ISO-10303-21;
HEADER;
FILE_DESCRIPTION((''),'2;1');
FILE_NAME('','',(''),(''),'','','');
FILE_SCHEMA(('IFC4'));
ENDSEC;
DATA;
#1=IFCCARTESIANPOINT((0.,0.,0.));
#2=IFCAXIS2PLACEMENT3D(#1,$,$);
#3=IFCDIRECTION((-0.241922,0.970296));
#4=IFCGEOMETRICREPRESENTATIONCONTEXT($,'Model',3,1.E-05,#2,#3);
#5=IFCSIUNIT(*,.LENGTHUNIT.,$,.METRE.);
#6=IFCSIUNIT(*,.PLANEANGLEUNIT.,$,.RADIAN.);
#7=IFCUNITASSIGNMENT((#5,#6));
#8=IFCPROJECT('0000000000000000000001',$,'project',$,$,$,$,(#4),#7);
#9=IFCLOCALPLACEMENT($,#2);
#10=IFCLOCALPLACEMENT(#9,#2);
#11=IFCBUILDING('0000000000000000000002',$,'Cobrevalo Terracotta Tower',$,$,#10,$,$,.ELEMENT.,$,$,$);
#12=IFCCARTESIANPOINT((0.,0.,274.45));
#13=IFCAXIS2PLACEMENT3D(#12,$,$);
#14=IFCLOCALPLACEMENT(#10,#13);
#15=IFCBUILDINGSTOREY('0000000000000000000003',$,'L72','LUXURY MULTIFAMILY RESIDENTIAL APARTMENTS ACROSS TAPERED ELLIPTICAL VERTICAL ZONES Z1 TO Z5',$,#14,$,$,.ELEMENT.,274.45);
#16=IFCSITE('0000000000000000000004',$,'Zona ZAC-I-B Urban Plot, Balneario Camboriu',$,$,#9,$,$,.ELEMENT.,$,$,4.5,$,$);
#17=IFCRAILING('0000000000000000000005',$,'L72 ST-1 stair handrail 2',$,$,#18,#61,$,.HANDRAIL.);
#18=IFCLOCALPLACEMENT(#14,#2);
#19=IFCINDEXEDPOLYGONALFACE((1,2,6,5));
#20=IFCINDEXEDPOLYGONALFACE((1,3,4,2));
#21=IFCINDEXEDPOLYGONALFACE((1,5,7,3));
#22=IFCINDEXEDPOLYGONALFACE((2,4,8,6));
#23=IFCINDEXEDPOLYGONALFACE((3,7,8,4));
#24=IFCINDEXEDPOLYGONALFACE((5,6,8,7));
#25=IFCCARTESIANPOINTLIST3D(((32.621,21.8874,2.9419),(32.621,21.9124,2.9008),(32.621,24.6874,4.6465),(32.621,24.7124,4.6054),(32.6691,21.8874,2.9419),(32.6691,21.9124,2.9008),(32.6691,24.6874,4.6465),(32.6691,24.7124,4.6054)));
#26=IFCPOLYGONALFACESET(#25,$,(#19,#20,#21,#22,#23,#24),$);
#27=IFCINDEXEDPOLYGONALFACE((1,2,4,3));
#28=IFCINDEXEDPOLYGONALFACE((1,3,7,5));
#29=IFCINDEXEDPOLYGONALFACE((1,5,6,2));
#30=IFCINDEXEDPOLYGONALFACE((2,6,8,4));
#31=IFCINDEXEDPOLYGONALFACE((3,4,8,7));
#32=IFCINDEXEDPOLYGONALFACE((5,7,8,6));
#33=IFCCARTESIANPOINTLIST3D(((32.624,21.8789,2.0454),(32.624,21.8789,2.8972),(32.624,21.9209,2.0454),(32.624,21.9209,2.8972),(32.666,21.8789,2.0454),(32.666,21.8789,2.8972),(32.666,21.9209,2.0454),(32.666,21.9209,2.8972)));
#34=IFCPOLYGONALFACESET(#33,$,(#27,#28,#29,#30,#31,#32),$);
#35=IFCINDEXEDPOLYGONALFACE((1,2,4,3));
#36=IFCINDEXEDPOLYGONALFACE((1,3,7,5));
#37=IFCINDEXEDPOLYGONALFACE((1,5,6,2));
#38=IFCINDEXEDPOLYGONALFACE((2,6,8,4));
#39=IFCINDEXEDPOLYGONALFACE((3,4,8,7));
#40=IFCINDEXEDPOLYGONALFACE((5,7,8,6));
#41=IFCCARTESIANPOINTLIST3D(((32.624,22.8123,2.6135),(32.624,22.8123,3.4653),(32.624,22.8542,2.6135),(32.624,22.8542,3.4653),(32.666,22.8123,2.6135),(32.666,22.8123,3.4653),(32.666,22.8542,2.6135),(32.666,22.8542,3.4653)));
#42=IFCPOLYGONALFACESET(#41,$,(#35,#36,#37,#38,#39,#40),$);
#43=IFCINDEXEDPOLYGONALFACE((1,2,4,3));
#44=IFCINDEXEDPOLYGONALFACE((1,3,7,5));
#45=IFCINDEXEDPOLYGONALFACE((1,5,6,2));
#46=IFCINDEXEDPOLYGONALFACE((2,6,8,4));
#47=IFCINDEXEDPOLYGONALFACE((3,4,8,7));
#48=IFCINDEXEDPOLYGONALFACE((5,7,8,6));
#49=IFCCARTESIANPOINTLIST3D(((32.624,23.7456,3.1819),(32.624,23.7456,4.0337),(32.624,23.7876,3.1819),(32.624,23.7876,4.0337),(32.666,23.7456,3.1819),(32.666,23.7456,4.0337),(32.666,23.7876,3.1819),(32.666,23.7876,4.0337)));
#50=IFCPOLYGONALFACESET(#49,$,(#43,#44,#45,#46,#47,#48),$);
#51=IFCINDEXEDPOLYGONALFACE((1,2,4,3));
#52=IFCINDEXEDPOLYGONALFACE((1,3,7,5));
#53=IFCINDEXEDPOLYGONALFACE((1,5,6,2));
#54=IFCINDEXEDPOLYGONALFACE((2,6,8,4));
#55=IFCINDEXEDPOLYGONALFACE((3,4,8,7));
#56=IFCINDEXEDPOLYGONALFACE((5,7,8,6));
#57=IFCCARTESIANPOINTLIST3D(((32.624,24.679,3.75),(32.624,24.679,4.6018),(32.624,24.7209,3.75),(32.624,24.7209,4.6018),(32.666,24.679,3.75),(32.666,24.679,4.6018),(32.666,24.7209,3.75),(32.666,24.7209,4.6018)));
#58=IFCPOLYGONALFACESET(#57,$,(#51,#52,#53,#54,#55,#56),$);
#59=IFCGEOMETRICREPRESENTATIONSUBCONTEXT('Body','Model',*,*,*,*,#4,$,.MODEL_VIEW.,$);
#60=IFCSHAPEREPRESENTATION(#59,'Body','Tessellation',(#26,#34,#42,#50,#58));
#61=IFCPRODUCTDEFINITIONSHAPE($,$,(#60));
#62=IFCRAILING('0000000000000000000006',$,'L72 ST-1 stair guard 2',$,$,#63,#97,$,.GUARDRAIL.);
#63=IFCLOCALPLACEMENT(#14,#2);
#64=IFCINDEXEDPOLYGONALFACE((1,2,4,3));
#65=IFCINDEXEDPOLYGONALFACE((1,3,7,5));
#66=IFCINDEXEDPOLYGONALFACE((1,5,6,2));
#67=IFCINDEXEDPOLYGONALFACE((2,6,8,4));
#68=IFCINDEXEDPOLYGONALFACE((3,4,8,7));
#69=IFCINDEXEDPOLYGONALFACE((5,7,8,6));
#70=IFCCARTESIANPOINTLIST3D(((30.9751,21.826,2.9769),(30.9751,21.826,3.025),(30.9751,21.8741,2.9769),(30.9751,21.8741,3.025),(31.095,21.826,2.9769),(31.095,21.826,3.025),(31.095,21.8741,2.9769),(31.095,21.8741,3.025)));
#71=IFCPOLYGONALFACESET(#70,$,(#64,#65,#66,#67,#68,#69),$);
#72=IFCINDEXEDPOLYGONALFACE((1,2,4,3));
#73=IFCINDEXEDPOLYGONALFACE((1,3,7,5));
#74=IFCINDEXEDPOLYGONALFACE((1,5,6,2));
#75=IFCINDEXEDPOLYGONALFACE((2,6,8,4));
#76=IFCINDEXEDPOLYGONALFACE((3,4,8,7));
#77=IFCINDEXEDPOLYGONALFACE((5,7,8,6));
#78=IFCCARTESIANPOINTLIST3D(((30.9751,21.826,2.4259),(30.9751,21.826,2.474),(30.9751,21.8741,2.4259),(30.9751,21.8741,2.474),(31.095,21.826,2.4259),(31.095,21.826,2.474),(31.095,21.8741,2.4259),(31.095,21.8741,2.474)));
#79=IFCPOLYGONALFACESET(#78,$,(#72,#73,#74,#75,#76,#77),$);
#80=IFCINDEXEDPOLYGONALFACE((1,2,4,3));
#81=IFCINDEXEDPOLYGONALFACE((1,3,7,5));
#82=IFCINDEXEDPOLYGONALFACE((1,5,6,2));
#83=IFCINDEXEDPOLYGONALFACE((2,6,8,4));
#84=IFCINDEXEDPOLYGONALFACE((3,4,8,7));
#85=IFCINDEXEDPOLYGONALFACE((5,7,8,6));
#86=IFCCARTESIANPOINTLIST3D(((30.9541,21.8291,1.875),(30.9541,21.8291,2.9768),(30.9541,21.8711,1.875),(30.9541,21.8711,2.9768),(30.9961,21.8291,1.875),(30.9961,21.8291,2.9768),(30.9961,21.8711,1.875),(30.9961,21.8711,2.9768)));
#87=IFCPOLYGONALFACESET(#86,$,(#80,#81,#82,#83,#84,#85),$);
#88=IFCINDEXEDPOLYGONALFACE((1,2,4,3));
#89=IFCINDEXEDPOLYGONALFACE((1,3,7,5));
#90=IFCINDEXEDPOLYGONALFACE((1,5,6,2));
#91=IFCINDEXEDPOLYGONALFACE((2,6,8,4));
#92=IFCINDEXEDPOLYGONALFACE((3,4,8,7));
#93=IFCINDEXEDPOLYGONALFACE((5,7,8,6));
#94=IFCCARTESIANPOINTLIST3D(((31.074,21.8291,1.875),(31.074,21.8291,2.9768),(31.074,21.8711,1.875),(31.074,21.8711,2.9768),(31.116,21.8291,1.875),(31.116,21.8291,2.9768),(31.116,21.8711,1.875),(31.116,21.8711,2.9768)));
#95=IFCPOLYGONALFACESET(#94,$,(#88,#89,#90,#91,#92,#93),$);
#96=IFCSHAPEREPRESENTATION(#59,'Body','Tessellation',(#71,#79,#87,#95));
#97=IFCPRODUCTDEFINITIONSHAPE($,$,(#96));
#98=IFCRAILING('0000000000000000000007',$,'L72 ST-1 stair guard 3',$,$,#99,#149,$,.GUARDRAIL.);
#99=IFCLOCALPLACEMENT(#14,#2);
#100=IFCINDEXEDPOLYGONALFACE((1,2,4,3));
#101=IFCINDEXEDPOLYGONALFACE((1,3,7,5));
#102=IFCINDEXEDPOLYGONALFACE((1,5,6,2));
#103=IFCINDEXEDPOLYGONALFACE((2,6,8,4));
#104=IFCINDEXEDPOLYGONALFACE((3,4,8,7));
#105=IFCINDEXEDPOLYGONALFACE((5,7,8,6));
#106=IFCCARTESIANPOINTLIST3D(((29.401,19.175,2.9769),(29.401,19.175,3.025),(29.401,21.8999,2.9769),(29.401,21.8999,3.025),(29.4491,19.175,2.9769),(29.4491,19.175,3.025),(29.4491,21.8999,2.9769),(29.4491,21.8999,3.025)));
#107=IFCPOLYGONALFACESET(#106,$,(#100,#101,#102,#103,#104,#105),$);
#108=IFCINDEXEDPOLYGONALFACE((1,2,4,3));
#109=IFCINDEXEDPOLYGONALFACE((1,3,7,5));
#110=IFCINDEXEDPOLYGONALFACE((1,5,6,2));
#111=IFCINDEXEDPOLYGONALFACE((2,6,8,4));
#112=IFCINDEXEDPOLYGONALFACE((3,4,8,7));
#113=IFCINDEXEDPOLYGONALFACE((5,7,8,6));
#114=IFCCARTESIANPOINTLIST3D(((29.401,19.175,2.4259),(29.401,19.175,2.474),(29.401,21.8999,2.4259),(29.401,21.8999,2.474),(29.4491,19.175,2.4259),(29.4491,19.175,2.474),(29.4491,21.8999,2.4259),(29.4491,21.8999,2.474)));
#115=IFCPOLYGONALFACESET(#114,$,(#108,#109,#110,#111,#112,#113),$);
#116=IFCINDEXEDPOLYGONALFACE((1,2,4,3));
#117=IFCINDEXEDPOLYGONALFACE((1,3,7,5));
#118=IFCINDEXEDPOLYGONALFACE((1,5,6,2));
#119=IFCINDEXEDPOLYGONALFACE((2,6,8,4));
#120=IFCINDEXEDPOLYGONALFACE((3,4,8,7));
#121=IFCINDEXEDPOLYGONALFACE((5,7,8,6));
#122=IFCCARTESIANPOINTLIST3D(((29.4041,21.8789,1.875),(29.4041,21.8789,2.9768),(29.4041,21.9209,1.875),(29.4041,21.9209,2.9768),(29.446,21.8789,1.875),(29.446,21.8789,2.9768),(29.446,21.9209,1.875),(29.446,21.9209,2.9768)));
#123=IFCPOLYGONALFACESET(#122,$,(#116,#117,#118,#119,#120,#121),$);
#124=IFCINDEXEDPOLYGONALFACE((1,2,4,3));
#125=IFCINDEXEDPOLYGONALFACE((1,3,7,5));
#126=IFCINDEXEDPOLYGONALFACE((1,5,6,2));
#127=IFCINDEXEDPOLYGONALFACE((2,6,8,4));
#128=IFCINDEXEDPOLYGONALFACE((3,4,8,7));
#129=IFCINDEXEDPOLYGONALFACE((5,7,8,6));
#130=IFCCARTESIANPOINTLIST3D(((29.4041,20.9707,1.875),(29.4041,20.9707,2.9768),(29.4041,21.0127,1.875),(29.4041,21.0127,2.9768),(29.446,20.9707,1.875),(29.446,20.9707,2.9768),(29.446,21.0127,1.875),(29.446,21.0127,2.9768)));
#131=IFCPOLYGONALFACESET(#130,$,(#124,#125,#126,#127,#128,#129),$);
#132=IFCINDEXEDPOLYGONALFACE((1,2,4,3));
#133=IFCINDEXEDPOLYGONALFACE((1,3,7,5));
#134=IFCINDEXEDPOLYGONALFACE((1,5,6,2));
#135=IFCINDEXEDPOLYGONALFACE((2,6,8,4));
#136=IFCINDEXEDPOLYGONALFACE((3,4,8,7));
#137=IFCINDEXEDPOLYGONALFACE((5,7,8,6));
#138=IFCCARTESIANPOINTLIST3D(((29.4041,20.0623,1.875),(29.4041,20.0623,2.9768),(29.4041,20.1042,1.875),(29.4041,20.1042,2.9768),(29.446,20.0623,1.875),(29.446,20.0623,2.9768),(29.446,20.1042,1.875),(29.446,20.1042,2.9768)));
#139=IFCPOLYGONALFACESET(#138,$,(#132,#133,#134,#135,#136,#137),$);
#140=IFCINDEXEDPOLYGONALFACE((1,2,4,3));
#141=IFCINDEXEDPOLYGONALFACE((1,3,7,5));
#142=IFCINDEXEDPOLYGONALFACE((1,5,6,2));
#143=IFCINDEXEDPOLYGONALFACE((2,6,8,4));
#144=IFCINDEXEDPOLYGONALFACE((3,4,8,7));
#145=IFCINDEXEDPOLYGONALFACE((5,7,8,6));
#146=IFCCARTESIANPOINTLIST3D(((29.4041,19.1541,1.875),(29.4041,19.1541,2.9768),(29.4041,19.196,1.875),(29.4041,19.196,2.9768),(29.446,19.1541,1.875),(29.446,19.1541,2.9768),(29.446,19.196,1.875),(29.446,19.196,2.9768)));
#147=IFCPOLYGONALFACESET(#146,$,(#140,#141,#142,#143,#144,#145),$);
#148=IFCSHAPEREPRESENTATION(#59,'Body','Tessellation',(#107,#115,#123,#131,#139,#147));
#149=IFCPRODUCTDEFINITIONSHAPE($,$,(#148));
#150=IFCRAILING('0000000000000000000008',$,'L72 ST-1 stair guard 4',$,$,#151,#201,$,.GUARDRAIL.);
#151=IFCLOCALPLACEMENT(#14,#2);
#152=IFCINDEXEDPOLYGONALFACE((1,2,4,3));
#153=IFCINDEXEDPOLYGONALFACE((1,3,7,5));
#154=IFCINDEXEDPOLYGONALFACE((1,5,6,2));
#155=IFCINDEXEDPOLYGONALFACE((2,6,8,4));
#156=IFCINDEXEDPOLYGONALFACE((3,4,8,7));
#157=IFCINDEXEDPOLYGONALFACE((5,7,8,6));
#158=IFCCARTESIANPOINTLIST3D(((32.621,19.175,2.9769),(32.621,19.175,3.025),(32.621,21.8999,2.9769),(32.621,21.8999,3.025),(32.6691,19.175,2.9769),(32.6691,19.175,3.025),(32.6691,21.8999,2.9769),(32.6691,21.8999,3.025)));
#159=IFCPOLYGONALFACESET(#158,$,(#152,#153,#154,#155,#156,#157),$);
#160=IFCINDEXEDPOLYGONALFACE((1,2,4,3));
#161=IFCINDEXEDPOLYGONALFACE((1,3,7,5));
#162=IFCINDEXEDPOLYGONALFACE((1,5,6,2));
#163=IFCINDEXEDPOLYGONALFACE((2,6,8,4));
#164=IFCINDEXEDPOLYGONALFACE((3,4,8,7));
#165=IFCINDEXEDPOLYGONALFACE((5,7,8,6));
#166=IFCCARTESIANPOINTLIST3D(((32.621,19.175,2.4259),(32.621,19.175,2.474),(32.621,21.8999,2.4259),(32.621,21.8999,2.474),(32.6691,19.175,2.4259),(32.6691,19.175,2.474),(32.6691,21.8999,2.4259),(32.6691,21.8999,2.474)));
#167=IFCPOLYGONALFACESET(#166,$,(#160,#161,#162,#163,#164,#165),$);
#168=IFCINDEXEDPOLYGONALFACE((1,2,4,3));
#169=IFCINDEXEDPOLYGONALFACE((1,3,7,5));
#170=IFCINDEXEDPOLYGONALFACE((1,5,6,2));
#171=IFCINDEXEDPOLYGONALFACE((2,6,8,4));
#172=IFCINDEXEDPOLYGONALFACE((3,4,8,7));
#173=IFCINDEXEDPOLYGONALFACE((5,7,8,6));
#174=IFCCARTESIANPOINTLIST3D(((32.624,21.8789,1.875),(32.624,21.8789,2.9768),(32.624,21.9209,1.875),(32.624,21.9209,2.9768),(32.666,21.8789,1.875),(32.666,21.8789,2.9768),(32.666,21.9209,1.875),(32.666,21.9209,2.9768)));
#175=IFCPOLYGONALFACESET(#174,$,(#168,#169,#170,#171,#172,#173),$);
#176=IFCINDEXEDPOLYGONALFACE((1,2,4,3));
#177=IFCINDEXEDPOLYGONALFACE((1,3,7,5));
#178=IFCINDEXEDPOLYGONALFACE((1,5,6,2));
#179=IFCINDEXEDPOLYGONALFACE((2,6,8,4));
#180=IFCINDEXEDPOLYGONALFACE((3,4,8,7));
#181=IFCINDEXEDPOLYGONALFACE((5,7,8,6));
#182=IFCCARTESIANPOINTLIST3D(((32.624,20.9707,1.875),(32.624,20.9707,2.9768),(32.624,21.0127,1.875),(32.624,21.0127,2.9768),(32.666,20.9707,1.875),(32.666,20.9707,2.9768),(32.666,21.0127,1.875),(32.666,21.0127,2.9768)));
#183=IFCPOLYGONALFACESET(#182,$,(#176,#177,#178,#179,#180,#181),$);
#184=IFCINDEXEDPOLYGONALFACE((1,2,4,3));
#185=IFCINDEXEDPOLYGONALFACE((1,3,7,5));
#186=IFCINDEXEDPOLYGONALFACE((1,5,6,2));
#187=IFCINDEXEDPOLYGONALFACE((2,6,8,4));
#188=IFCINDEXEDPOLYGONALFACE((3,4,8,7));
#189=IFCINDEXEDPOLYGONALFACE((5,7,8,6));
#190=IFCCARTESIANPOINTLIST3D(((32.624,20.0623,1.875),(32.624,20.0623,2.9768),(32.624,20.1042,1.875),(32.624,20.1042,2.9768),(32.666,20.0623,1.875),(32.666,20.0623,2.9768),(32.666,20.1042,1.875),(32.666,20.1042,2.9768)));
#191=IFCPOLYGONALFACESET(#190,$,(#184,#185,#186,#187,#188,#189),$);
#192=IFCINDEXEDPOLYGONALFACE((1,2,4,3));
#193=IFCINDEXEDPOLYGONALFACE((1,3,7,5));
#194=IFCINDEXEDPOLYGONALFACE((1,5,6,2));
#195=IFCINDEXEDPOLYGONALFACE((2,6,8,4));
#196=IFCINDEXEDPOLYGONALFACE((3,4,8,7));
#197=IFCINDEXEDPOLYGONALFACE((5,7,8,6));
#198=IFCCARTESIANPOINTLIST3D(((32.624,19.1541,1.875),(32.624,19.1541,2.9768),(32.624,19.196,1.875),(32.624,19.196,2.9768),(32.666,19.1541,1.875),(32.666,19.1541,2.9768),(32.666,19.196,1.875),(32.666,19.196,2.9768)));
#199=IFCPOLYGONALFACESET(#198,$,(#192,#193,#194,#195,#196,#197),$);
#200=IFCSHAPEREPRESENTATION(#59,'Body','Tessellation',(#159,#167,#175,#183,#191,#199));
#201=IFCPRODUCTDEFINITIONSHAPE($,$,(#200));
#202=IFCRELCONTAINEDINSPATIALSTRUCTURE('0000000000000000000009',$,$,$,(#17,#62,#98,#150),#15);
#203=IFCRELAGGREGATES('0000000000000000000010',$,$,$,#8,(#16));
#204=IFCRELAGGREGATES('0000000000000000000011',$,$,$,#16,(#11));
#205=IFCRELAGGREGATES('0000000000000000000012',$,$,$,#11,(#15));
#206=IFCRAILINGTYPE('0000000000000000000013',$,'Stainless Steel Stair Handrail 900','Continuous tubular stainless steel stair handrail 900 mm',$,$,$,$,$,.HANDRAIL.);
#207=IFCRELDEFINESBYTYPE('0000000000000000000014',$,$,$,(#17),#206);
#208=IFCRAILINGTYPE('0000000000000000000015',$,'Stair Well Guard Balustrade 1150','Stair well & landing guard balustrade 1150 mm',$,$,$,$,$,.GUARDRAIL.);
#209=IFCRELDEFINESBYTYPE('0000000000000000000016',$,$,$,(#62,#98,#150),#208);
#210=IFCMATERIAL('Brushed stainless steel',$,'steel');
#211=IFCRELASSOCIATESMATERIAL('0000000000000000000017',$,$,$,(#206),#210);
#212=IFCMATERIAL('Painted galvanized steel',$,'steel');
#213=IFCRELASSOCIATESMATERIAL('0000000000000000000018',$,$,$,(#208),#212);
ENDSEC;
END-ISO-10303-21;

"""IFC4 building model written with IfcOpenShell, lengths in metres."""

from ifc_helpers import new_model, si_unit, direction, frame, origin, origin_2d, place, context, subcontext, project, spatial, rectangle, extrude, material, type_object, element, save


model = new_model("IFC4")

# Units and contexts
model_context = context("Model", 3, precision=1e-05, world=origin(), true_north=direction((-0.241922, 0.970296)))
body_context = subcontext(model_context, "Body", "Model", "MODEL_VIEW")
ifc_project = project(units=[si_unit("LENGTHUNIT", "METRE"), si_unit("PLANEANGLEUNIT", "RADIAN")], contexts=[model_context])

# Site, building, storey
site_placement = place(None, origin())
site = spatial("IfcSite", under=ifc_project, at=site_placement, Name="Zona ZAC-I-B Urban Plot, Balneario Camboriu", CompositionType="ELEMENT", RefElevation=4.5)
building_placement = place(site_placement, origin())
building = spatial("IfcBuilding", under=site, at=building_placement, Name="Cobrevalo Terracotta Tower", CompositionType="ELEMENT")
storey_placement = place(building_placement, frame((0.0, 0.0, 274.45)))
storey = spatial("IfcBuildingStorey", under=building, at=storey_placement, Name="L72", Description="LUXURY MULTIFAMILY RESIDENTIAL APARTMENTS ACROSS TAPERED ELLIPTICAL VERTICAL ZONES Z1 TO Z5", CompositionType="ELEMENT", Elevation=274.45)

# Railings
ifc_material_1 = material(Name="Brushed stainless steel", Category="steel")
railing_type_1 = type_object("IfcRailingType", Name="Stainless Steel Stair Handrail 900", Description="Continuous tubular stainless steel stair handrail 900 mm", PredefinedType="HANDRAIL", material=ifc_material_1)
railing_1_placement = place(storey_placement, frame((32.645, 21.8999, 2.0454)))
element("IfcRailing", 1, at=railing_1_placement, inside=storey, type_object=railing_type_1, Name="L72 ST-1 stair handrail 2", PredefinedType="HANDRAIL", context=body_context, shape_type="SweptSolid", body=[
    extrude(rectangle(XDim=0.0481, YDim=0.0481, at=origin_2d()), frame((0.0, 0.0, 0.876), z_axis=(0.0, 0.85417, 0.519994), x_axis=(-1.0, 0.0, 0.0)), (0.0, 0.0, 1.0), 3.2781),
    extrude(rectangle(XDim=0.042, YDim=0.042, at=origin_2d()), origin(), (0.0, 0.0, 1.0), 0.8518),
    extrude(rectangle(XDim=0.042, YDim=0.042, at=origin_2d()), frame((0.0, 0.9333, 0.5681)), (0.0, 0.0, 1.0), 0.8518),
    extrude(rectangle(XDim=0.042, YDim=0.042, at=origin_2d()), frame((0.0, 1.8667, 1.1365)), (0.0, 0.0, 1.0), 0.8518),
    extrude(rectangle(XDim=0.042, YDim=0.042, at=origin_2d()), frame((0.0, 2.8, 1.7046)), (0.0, 0.0, 1.0), 0.8518),
])
ifc_material_2 = material(Name="Painted galvanized steel", Category="steel")
railing_type_2 = type_object("IfcRailingType", Name="Stair Well Guard Balustrade 1150", Description="Stair well & landing guard balustrade 1150 mm", PredefinedType="GUARDRAIL", material=ifc_material_2)
railing_2_placement = place(storey_placement, frame((30.9751, 21.8501, 1.875)))
element("IfcRailing", 2, at=railing_2_placement, inside=storey, type_object=railing_type_2, Name="L72 ST-1 stair guard 2", PredefinedType="GUARDRAIL", context=body_context, shape_type="SweptSolid", body=[
    extrude(rectangle(XDim=0.0481, YDim=0.0481, at=origin_2d()), frame((0.0, 0.0, 1.126), z_axis=(1.0, 0.0, 0.0), x_axis=(0.0, 1.0, 0.0)), (0.0, 0.0, 1.0), 0.1199),
    extrude(rectangle(XDim=0.0481, YDim=0.0481, at=origin_2d()), frame((0.0, 0.0, 0.575), z_axis=(1.0, 0.0, 0.0), x_axis=(0.0, 1.0, 0.0)), (0.0, 0.0, 1.0), 0.1199),
    extrude(rectangle(XDim=0.042, YDim=0.042, at=origin_2d()), origin(), (0.0, 0.0, 1.0), 1.1018),
    extrude(rectangle(XDim=0.042, YDim=0.042, at=origin_2d()), frame((0.1199, 0.0, 0.0)), (0.0, 0.0, 1.0), 1.1018),
])
for number, where, name in (
    (3, (29.425, 21.8999, 1.875), "L72 ST-1 stair guard 3"),
    (4, (32.645, 21.8999, 1.875), "L72 ST-1 stair guard 4"),
):
    element("IfcRailing", number, at=place(storey_placement, frame(where)), inside=storey, type_object=railing_type_2, Name=name, PredefinedType="GUARDRAIL", context=body_context, shape_type="SweptSolid", body=[
        extrude(rectangle(XDim=0.0481, YDim=0.0481, at=origin_2d()), frame((0.0, 0.0, 1.126), z_axis=(0.0, -1.0, 0.0), x_axis=(1.0, 0.0, 0.0)), (0.0, 0.0, 1.0), 2.7249),
        extrude(rectangle(XDim=0.0481, YDim=0.0481, at=origin_2d()), frame((0.0, 0.0, 0.575), z_axis=(0.0, -1.0, 0.0), x_axis=(1.0, 0.0, 0.0)), (0.0, 0.0, 1.0), 2.7249),
        extrude(rectangle(XDim=0.042, YDim=0.042, at=origin_2d()), origin(), (0.0, 0.0, 1.0), 1.1018),
        extrude(rectangle(XDim=0.042, YDim=0.042, at=origin_2d()), frame((0.0, -0.9082, 0.0)), (0.0, 0.0, 1.0), 1.1018),
        extrude(rectangle(XDim=0.042, YDim=0.042, at=origin_2d()), frame((0.0, -1.8167, 0.0)), (0.0, 0.0, 1.0), 1.1018),
        extrude(rectangle(XDim=0.042, YDim=0.042, at=origin_2d()), frame((0.0, -2.7249, 0.0)), (0.0, 0.0, 1.0), 1.1018),
    ])

save(model, "model.ifc")
